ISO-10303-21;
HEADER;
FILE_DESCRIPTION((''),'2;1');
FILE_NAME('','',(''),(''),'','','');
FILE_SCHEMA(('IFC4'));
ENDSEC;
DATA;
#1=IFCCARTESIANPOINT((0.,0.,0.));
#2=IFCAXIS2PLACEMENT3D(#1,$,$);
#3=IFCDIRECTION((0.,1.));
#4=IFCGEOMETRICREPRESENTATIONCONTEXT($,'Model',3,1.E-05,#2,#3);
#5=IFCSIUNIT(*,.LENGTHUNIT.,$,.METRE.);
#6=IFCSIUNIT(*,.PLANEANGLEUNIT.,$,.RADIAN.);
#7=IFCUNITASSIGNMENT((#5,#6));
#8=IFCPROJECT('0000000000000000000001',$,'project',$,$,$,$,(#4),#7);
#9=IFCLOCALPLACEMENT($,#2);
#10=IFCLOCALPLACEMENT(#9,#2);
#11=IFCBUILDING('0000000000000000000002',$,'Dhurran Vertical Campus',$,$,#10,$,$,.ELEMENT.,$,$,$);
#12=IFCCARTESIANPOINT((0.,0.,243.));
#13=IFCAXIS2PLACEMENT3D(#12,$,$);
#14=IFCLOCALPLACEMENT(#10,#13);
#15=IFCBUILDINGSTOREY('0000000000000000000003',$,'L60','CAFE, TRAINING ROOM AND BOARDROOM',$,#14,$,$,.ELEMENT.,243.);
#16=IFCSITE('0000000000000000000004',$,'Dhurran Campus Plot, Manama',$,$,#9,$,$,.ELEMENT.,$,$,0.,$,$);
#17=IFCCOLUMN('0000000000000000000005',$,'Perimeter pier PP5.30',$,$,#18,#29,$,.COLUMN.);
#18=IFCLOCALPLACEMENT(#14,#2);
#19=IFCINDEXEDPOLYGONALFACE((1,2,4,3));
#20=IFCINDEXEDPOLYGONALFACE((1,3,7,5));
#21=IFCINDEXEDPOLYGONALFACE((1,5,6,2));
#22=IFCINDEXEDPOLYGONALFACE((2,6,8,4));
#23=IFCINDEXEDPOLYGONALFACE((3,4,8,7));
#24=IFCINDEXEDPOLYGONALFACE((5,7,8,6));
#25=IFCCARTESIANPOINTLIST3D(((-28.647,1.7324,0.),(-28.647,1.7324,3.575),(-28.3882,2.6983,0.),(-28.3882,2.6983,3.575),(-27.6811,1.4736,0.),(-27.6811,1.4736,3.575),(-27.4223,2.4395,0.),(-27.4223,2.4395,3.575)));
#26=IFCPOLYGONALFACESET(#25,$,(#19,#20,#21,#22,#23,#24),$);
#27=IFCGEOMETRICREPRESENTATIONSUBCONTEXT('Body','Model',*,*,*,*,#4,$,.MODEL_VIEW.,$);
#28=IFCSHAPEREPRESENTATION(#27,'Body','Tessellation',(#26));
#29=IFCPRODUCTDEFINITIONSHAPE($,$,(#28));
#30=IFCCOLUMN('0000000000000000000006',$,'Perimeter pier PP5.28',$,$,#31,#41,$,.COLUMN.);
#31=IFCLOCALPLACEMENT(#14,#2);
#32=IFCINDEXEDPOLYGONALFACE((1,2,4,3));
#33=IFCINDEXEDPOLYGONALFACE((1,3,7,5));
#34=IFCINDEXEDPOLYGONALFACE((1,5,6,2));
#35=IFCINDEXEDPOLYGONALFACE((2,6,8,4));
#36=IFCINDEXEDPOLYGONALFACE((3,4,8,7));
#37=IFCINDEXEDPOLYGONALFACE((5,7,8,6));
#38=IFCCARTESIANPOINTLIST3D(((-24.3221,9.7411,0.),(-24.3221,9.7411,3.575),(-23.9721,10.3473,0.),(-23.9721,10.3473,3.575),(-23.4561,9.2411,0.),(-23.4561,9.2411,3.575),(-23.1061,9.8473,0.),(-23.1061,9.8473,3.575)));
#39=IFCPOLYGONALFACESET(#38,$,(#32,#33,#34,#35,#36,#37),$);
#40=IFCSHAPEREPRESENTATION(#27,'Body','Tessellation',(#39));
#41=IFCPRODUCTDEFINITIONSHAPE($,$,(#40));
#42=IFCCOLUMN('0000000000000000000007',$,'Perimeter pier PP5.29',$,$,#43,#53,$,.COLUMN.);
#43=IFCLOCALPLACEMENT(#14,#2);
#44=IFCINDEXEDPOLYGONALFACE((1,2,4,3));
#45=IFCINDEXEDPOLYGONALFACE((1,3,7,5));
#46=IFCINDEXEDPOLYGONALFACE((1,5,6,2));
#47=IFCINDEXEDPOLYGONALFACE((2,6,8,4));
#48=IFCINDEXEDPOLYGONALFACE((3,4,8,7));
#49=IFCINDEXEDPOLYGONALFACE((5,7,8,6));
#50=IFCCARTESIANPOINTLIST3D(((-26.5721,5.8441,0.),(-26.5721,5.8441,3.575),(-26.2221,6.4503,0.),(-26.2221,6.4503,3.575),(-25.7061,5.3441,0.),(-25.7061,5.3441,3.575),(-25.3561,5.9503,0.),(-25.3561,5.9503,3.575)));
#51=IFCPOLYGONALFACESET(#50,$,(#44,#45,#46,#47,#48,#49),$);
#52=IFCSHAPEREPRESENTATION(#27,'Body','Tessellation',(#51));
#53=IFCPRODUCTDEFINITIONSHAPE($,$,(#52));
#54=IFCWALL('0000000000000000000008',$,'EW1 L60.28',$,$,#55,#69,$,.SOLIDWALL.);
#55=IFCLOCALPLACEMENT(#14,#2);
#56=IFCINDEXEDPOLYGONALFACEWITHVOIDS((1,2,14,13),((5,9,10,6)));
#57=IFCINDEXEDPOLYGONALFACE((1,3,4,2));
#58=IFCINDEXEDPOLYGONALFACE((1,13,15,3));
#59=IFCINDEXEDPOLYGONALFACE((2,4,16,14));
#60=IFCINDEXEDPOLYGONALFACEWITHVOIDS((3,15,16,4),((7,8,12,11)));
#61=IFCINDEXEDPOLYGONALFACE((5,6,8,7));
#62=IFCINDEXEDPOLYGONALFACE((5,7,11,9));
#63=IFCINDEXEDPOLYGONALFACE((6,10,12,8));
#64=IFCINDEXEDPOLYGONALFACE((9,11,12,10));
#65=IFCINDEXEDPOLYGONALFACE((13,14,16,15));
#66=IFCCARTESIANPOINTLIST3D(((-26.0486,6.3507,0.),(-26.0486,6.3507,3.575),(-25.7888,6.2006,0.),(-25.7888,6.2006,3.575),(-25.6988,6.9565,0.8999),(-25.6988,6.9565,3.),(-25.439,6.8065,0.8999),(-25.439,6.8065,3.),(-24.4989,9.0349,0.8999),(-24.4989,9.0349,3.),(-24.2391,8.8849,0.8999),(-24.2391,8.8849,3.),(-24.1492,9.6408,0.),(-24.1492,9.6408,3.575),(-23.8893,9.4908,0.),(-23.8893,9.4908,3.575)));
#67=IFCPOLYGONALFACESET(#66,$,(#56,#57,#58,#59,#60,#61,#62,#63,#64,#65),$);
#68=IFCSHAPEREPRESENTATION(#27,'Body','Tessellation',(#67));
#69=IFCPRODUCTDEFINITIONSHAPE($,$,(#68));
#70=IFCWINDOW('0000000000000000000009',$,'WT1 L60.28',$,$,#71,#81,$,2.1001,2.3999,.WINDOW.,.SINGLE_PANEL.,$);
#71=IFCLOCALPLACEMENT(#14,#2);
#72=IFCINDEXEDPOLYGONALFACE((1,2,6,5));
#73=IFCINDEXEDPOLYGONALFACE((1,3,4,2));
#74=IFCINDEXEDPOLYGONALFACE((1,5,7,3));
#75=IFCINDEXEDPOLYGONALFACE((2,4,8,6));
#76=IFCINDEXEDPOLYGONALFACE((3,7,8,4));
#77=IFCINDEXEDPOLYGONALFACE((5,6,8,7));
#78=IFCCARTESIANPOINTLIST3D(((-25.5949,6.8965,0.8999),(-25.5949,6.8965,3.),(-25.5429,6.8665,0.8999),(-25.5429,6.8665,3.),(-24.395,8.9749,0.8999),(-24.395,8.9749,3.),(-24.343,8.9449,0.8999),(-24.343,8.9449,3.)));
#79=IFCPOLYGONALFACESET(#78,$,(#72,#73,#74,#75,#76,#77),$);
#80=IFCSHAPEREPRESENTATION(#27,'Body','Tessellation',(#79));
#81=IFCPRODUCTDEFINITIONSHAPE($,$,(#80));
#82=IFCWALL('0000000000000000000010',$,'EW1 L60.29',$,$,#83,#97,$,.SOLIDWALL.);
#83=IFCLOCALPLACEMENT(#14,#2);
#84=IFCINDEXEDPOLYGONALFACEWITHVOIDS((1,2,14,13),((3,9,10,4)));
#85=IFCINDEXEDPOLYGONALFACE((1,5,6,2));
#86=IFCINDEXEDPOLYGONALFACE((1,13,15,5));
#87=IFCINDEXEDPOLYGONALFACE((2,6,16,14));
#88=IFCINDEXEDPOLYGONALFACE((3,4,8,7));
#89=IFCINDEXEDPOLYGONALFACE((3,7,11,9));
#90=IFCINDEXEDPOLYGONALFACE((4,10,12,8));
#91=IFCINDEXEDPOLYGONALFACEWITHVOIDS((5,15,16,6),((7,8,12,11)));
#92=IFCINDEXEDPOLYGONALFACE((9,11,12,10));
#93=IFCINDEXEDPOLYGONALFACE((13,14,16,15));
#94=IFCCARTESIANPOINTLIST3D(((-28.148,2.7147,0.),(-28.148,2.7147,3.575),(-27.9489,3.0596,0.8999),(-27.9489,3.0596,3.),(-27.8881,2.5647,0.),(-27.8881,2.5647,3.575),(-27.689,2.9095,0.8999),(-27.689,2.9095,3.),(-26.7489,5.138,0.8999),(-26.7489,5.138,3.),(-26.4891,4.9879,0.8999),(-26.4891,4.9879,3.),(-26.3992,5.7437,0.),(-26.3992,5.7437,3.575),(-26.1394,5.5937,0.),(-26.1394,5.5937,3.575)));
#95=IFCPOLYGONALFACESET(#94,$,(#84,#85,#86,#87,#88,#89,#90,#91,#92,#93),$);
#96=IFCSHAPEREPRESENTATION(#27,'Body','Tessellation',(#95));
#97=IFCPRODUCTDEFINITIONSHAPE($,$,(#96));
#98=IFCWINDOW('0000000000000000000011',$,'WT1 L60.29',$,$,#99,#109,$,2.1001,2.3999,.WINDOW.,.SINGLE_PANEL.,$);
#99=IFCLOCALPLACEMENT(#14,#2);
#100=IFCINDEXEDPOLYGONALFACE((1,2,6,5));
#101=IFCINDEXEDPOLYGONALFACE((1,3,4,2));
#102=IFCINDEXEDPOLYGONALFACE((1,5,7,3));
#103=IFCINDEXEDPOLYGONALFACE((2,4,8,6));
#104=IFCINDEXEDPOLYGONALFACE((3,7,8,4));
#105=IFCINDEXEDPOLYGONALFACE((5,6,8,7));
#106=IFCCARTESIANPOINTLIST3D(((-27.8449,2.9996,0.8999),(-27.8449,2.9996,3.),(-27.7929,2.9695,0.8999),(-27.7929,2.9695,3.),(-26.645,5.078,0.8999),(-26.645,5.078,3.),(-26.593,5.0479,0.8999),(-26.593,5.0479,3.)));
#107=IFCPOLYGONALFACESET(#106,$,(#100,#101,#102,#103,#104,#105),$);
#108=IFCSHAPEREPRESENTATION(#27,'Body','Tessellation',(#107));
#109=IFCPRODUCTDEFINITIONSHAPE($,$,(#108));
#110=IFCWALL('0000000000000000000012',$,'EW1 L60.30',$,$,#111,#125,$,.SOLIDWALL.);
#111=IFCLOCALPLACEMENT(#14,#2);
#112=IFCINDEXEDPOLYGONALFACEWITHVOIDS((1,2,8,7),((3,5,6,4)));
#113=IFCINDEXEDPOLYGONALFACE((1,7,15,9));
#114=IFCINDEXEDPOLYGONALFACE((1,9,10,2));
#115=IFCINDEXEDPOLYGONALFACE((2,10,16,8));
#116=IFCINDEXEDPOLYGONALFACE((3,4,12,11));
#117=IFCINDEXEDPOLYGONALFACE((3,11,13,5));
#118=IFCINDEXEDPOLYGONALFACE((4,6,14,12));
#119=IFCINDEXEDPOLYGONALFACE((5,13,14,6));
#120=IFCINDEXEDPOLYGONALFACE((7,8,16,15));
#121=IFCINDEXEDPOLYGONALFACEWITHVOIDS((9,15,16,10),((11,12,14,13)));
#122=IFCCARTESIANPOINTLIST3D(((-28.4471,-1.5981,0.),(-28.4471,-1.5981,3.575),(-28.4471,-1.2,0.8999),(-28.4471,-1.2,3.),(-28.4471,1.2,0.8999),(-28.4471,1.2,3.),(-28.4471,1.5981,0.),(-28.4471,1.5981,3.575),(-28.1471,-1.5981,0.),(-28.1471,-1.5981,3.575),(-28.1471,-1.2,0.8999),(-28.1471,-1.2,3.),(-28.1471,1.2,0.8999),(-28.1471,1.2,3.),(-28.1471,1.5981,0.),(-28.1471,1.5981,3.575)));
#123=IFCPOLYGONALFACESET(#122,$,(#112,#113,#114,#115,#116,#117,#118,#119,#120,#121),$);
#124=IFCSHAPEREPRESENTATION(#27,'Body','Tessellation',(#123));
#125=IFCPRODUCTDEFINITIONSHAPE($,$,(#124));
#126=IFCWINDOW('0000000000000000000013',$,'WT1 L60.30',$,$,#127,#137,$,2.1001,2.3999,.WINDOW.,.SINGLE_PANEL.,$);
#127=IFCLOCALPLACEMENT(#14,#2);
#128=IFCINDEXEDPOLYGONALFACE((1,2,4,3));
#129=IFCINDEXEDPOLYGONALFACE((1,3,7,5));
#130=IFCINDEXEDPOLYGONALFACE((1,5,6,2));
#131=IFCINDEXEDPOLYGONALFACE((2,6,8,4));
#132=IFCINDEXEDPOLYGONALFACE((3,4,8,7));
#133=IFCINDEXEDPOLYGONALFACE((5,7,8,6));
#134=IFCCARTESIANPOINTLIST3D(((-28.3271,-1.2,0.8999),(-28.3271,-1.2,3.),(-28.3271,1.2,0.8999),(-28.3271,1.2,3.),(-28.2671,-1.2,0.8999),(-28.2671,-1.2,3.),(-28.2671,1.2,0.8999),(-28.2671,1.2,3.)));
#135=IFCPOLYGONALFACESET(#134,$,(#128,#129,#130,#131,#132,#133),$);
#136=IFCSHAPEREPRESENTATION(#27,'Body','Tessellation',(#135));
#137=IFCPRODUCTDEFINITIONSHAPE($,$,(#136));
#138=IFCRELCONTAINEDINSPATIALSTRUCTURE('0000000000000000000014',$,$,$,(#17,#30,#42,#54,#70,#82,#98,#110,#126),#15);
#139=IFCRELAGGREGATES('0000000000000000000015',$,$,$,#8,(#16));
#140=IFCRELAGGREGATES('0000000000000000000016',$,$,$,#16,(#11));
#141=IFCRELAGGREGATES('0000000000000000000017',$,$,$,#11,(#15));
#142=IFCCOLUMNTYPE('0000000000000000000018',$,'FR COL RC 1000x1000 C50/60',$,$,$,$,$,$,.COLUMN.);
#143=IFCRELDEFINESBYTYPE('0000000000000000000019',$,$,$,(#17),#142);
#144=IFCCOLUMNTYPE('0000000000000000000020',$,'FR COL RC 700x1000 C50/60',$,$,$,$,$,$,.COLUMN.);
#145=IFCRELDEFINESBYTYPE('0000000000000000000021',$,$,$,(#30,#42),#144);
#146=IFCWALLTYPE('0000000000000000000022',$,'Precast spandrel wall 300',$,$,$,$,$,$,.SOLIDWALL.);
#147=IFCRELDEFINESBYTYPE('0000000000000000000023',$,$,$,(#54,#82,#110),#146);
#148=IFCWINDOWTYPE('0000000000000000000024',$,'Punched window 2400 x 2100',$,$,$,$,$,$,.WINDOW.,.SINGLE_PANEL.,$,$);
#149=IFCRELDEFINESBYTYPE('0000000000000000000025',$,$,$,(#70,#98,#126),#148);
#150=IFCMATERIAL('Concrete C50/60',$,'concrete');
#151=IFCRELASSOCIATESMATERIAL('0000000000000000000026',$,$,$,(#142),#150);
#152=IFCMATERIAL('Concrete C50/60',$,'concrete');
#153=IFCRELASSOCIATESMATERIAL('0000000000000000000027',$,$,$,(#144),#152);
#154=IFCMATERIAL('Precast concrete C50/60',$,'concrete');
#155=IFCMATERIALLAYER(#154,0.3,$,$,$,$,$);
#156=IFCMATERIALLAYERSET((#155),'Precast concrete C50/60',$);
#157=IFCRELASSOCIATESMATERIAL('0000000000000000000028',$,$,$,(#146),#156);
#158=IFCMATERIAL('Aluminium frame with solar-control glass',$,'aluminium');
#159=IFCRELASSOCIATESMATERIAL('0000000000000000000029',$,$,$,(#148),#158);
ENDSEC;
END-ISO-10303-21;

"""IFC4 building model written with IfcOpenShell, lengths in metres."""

from ifc_helpers import new_model, si_unit, direction, frame, frame_2d, origin, origin_2d, place, context, subcontext, project, spatial, rectangle, extrude, material, layer, layer_set, material_profile, profile_set, type_object, element, fill, save


model = new_model("IFC4")

# Units and contexts
model_context = context("Model", 3, precision=1e-05, world=origin(), true_north=direction((0.0, 1.0)))
body_context = subcontext(model_context, "Body", "Model", "MODEL_VIEW")
ifc_project = project(units=[si_unit("LENGTHUNIT", "METRE"), si_unit("PLANEANGLEUNIT", "RADIAN")], contexts=[model_context])

# Site, building, storey
site_placement = place(None, origin())
site = spatial("IfcSite", under=ifc_project, at=site_placement, Name="Dhurran Campus Plot, Manama", CompositionType="ELEMENT", RefElevation=0.0)
building_placement = place(site_placement, origin())
building = spatial("IfcBuilding", under=site, at=building_placement, Name="Dhurran Vertical Campus", CompositionType="ELEMENT")
storey_placement = place(building_placement, frame((0.0, 0.0, 243.0)))
storey = spatial("IfcBuildingStorey", under=building, at=storey_placement, Name="L60", Description="CAFE, TRAINING ROOM AND BOARDROOM", CompositionType="ELEMENT", Elevation=243.0)

# Columns
ifc_material_1 = material(Name="Concrete C50/60", Category="concrete")
ifc_material_profile_1 = material_profile(ifc_material_1, rectangle(XDim=1.0, YDim=1.0, at=origin_2d()), Name="RC 1000x1000")
ifc_profile_set_1 = profile_set([ifc_material_profile_1], Name="Concrete C50/60")
column_type_1 = type_object("IfcColumnType", Name="FR COL RC 1000x1000 C50/60", PredefinedType="COLUMN", material=ifc_profile_set_1)
column_placement = place(storey_placement, frame((-28.0347, 2.0859, 0.0), z_axis=(0.0, 0.0, 1.0), x_axis=(-0.258819, -0.965926, 0.0)))
element("IfcColumn", 1, at=column_placement, inside=storey, type_object=column_type_1, Name="Perimeter pier PP5.30", PredefinedType="COLUMN", context=body_context, shape_type="SweptSolid", body=[
    extrude(rectangle(XDim=1.0, YDim=1.0, at=origin_2d()), origin(), (0.0, 0.0, 1.0), 3.575),
])
ifc_material_2 = material(Name="Concrete C50/60", Category="concrete")
ifc_material_profile_2 = material_profile(ifc_material_2, rectangle(XDim=0.7, YDim=1.0, at=origin_2d()), Name="RC 700x1000")
ifc_profile_set_2 = profile_set([ifc_material_profile_2], Name="Concrete C50/60")
column_type_2 = type_object("IfcColumnType", Name="FR COL RC 700x1000 C50/60", PredefinedType="COLUMN", material=ifc_profile_set_2)
for number, where, z_axis, x_axis, name in (
    (2, (-23.7141, 9.7942, 0.0), (0.0, 0.0, 1.0), (-0.5, -0.866025, 0.0), "Perimeter pier PP5.28"),
    (3, (-25.9641, 5.8972, 0.0), (0.0, 0.0, 1.0), (-0.5, -0.866025, 0.0), "Perimeter pier PP5.29"),
):
    element("IfcColumn", number, at=place(storey_placement, frame(where, z_axis=z_axis, x_axis=x_axis)), inside=storey, type_object=column_type_2, Name=name, PredefinedType="COLUMN", context=body_context, shape_type="SweptSolid", body=[
        extrude(rectangle(XDim=0.7, YDim=1.0, at=origin_2d()), origin(), (0.0, 0.0, 1.0), 3.575),
    ])

# Walls, openings, windows
ifc_material_3 = material(Name="Precast concrete C50/60", Category="concrete")
ifc_layer_1 = layer(ifc_material_3, 0.3)
ifc_layer_set_1 = layer_set([ifc_layer_1], Name="Precast concrete C50/60")
wall_type_1 = type_object("IfcWallType", Name="Precast spandrel wall 300", PredefinedType="SOLIDWALL", material=ifc_layer_set_1)
wall_1_placement = place(storey_placement, frame((-24.0193, 9.5657, 0.0), z_axis=(0.0, 0.0, 1.0), x_axis=(-0.499982, -0.866036, 0.0)))
wall_1 = element("IfcWall", 4, at=wall_1_placement, inside=storey, type_object=wall_type_1, Name="EW1 L60.28", PredefinedType="SOLIDWALL", context=body_context, shape_type="SweptSolid", body=[
    extrude(rectangle(XDim=3.7991, YDim=0.3, at=frame_2d((1.8994, 0.0))), origin(), (0.0, 0.0, 1.0), 3.575),
])
opening_1_placement = place(wall_1_placement, frame((0.6995, 0.0, 0.8999)))
opening_1 = element("IfcOpeningElement", 5, at=opening_1_placement, cuts=wall_1, PredefinedType="OPENING", context=body_context, shape_type="SweptSolid", body=[
    extrude(rectangle(XDim=2.3999, YDim=2.1001, at=frame_2d((1.2, 1.05))), frame((0.0, 0.1599, 0.0), z_axis=(0.0, -1.0, 0.0), x_axis=(1.0, 0.0, 0.0)), (0.0, 0.0, 1.0), 0.3201),
])
ifc_material_4 = material(Name="Aluminium frame with solar-control glass", Category="aluminium")
window_type = type_object("IfcWindowType", Name="Punched window 2400 x 2100", PartitioningType="SINGLE_PANEL", PredefinedType="WINDOW", material=ifc_material_4)
window_1_placement = place(opening_1_placement, origin())
window_1 = element("IfcWindow", 6, at=window_1_placement, inside=storey, type_object=window_type, Name="WT1 L60.28", OverallHeight=2.1001, OverallWidth=2.3999, PartitioningType="SINGLE_PANEL", PredefinedType="WINDOW", context=body_context, shape_type="SweptSolid", body=[
    extrude(rectangle(XDim=2.3999, YDim=2.1001, at=frame_2d((1.2, 1.05))), frame((0.0, 0.03, 0.0), z_axis=(0.0, -1.0, 0.0), x_axis=(1.0, 0.0, 0.0)), (0.0, 0.0, 1.0), 0.0601),
])
fill(opening_1, window_1)
wall_2_placement = place(storey_placement, frame((-26.2693, 5.6687, 0.0), z_axis=(0.0, 0.0, 1.0), x_axis=(-0.49999, -0.866031, 0.0)))
wall_2 = element("IfcWall", 7, at=wall_2_placement, inside=storey, type_object=wall_type_1, Name="EW1 L60.29", PredefinedType="SOLIDWALL", context=body_context, shape_type="SweptSolid", body=[
    extrude(rectangle(XDim=3.4976, YDim=0.3, at=frame_2d((1.7488, 0.0))), origin(), (0.0, 0.0, 1.0), 3.575),
])
opening_2_placement = place(wall_2_placement, frame((0.6995, 0.0, 0.8999)))
opening_2 = element("IfcOpeningElement", 8, at=opening_2_placement, cuts=wall_2, PredefinedType="OPENING", context=body_context, shape_type="SweptSolid", body=[
    extrude(rectangle(XDim=2.3999, YDim=2.1001, at=frame_2d((1.2, 1.05))), frame((0.0, 0.1599, 0.0), z_axis=(0.0, -1.0, 0.0), x_axis=(1.0, 0.0, 0.0)), (0.0, 0.0, 1.0), 0.3201),
])
window_2_placement = place(opening_2_placement, origin())
window_2 = element("IfcWindow", 9, at=window_2_placement, inside=storey, type_object=window_type, Name="WT1 L60.29", OverallHeight=2.1001, OverallWidth=2.3999, PartitioningType="SINGLE_PANEL", PredefinedType="WINDOW", context=body_context, shape_type="SweptSolid", body=[
    extrude(rectangle(XDim=2.3999, YDim=2.1001, at=frame_2d((1.2, 1.05))), frame((0.0, 0.03, 0.0), z_axis=(0.0, -1.0, 0.0), x_axis=(1.0, 0.0, 0.0)), (0.0, 0.0, 1.0), 0.0601),
])
fill(opening_2, window_2)
wall_3_placement = place(storey_placement, frame((-28.2971, 1.5981, 0.0), z_axis=(0.0, 0.0, 1.0), x_axis=(0.0, -1.0, 0.0)))
wall_3 = element("IfcWall", 10, at=wall_3_placement, inside=storey, type_object=wall_type_1, Name="EW1 L60.30", PredefinedType="SOLIDWALL", context=body_context, shape_type="SweptSolid", body=[
    extrude(rectangle(XDim=3.1963, YDim=0.3, at=frame_2d((1.5981, 0.0))), origin(), (0.0, 0.0, 1.0), 3.575),
])
opening_3_placement = place(wall_3_placement, frame((0.3982, 0.0, 0.8999)))
opening_3 = element("IfcOpeningElement", 11, at=opening_3_placement, cuts=wall_3, PredefinedType="OPENING", context=body_context, shape_type="SweptSolid", body=[
    extrude(rectangle(XDim=2.3999, YDim=2.1001, at=frame_2d((1.2, 1.05))), frame((0.0, 0.1599, 0.0), z_axis=(0.0, -1.0, 0.0), x_axis=(1.0, 0.0, 0.0)), (0.0, 0.0, 1.0), 0.3201),
])
window_3_placement = place(opening_3_placement, origin())
window_3 = element("IfcWindow", 12, at=window_3_placement, inside=storey, type_object=window_type, Name="WT1 L60.30", OverallHeight=2.1001, OverallWidth=2.3999, PartitioningType="SINGLE_PANEL", PredefinedType="WINDOW", context=body_context, shape_type="SweptSolid", body=[
    extrude(rectangle(XDim=2.3999, YDim=2.1001, at=frame_2d((1.2, 1.05))), frame((0.0, 0.03, 0.0), z_axis=(0.0, -1.0, 0.0), x_axis=(1.0, 0.0, 0.0)), (0.0, 0.0, 1.0), 0.0601),
])
fill(opening_3, window_3)

save(model, "model.ifc")
